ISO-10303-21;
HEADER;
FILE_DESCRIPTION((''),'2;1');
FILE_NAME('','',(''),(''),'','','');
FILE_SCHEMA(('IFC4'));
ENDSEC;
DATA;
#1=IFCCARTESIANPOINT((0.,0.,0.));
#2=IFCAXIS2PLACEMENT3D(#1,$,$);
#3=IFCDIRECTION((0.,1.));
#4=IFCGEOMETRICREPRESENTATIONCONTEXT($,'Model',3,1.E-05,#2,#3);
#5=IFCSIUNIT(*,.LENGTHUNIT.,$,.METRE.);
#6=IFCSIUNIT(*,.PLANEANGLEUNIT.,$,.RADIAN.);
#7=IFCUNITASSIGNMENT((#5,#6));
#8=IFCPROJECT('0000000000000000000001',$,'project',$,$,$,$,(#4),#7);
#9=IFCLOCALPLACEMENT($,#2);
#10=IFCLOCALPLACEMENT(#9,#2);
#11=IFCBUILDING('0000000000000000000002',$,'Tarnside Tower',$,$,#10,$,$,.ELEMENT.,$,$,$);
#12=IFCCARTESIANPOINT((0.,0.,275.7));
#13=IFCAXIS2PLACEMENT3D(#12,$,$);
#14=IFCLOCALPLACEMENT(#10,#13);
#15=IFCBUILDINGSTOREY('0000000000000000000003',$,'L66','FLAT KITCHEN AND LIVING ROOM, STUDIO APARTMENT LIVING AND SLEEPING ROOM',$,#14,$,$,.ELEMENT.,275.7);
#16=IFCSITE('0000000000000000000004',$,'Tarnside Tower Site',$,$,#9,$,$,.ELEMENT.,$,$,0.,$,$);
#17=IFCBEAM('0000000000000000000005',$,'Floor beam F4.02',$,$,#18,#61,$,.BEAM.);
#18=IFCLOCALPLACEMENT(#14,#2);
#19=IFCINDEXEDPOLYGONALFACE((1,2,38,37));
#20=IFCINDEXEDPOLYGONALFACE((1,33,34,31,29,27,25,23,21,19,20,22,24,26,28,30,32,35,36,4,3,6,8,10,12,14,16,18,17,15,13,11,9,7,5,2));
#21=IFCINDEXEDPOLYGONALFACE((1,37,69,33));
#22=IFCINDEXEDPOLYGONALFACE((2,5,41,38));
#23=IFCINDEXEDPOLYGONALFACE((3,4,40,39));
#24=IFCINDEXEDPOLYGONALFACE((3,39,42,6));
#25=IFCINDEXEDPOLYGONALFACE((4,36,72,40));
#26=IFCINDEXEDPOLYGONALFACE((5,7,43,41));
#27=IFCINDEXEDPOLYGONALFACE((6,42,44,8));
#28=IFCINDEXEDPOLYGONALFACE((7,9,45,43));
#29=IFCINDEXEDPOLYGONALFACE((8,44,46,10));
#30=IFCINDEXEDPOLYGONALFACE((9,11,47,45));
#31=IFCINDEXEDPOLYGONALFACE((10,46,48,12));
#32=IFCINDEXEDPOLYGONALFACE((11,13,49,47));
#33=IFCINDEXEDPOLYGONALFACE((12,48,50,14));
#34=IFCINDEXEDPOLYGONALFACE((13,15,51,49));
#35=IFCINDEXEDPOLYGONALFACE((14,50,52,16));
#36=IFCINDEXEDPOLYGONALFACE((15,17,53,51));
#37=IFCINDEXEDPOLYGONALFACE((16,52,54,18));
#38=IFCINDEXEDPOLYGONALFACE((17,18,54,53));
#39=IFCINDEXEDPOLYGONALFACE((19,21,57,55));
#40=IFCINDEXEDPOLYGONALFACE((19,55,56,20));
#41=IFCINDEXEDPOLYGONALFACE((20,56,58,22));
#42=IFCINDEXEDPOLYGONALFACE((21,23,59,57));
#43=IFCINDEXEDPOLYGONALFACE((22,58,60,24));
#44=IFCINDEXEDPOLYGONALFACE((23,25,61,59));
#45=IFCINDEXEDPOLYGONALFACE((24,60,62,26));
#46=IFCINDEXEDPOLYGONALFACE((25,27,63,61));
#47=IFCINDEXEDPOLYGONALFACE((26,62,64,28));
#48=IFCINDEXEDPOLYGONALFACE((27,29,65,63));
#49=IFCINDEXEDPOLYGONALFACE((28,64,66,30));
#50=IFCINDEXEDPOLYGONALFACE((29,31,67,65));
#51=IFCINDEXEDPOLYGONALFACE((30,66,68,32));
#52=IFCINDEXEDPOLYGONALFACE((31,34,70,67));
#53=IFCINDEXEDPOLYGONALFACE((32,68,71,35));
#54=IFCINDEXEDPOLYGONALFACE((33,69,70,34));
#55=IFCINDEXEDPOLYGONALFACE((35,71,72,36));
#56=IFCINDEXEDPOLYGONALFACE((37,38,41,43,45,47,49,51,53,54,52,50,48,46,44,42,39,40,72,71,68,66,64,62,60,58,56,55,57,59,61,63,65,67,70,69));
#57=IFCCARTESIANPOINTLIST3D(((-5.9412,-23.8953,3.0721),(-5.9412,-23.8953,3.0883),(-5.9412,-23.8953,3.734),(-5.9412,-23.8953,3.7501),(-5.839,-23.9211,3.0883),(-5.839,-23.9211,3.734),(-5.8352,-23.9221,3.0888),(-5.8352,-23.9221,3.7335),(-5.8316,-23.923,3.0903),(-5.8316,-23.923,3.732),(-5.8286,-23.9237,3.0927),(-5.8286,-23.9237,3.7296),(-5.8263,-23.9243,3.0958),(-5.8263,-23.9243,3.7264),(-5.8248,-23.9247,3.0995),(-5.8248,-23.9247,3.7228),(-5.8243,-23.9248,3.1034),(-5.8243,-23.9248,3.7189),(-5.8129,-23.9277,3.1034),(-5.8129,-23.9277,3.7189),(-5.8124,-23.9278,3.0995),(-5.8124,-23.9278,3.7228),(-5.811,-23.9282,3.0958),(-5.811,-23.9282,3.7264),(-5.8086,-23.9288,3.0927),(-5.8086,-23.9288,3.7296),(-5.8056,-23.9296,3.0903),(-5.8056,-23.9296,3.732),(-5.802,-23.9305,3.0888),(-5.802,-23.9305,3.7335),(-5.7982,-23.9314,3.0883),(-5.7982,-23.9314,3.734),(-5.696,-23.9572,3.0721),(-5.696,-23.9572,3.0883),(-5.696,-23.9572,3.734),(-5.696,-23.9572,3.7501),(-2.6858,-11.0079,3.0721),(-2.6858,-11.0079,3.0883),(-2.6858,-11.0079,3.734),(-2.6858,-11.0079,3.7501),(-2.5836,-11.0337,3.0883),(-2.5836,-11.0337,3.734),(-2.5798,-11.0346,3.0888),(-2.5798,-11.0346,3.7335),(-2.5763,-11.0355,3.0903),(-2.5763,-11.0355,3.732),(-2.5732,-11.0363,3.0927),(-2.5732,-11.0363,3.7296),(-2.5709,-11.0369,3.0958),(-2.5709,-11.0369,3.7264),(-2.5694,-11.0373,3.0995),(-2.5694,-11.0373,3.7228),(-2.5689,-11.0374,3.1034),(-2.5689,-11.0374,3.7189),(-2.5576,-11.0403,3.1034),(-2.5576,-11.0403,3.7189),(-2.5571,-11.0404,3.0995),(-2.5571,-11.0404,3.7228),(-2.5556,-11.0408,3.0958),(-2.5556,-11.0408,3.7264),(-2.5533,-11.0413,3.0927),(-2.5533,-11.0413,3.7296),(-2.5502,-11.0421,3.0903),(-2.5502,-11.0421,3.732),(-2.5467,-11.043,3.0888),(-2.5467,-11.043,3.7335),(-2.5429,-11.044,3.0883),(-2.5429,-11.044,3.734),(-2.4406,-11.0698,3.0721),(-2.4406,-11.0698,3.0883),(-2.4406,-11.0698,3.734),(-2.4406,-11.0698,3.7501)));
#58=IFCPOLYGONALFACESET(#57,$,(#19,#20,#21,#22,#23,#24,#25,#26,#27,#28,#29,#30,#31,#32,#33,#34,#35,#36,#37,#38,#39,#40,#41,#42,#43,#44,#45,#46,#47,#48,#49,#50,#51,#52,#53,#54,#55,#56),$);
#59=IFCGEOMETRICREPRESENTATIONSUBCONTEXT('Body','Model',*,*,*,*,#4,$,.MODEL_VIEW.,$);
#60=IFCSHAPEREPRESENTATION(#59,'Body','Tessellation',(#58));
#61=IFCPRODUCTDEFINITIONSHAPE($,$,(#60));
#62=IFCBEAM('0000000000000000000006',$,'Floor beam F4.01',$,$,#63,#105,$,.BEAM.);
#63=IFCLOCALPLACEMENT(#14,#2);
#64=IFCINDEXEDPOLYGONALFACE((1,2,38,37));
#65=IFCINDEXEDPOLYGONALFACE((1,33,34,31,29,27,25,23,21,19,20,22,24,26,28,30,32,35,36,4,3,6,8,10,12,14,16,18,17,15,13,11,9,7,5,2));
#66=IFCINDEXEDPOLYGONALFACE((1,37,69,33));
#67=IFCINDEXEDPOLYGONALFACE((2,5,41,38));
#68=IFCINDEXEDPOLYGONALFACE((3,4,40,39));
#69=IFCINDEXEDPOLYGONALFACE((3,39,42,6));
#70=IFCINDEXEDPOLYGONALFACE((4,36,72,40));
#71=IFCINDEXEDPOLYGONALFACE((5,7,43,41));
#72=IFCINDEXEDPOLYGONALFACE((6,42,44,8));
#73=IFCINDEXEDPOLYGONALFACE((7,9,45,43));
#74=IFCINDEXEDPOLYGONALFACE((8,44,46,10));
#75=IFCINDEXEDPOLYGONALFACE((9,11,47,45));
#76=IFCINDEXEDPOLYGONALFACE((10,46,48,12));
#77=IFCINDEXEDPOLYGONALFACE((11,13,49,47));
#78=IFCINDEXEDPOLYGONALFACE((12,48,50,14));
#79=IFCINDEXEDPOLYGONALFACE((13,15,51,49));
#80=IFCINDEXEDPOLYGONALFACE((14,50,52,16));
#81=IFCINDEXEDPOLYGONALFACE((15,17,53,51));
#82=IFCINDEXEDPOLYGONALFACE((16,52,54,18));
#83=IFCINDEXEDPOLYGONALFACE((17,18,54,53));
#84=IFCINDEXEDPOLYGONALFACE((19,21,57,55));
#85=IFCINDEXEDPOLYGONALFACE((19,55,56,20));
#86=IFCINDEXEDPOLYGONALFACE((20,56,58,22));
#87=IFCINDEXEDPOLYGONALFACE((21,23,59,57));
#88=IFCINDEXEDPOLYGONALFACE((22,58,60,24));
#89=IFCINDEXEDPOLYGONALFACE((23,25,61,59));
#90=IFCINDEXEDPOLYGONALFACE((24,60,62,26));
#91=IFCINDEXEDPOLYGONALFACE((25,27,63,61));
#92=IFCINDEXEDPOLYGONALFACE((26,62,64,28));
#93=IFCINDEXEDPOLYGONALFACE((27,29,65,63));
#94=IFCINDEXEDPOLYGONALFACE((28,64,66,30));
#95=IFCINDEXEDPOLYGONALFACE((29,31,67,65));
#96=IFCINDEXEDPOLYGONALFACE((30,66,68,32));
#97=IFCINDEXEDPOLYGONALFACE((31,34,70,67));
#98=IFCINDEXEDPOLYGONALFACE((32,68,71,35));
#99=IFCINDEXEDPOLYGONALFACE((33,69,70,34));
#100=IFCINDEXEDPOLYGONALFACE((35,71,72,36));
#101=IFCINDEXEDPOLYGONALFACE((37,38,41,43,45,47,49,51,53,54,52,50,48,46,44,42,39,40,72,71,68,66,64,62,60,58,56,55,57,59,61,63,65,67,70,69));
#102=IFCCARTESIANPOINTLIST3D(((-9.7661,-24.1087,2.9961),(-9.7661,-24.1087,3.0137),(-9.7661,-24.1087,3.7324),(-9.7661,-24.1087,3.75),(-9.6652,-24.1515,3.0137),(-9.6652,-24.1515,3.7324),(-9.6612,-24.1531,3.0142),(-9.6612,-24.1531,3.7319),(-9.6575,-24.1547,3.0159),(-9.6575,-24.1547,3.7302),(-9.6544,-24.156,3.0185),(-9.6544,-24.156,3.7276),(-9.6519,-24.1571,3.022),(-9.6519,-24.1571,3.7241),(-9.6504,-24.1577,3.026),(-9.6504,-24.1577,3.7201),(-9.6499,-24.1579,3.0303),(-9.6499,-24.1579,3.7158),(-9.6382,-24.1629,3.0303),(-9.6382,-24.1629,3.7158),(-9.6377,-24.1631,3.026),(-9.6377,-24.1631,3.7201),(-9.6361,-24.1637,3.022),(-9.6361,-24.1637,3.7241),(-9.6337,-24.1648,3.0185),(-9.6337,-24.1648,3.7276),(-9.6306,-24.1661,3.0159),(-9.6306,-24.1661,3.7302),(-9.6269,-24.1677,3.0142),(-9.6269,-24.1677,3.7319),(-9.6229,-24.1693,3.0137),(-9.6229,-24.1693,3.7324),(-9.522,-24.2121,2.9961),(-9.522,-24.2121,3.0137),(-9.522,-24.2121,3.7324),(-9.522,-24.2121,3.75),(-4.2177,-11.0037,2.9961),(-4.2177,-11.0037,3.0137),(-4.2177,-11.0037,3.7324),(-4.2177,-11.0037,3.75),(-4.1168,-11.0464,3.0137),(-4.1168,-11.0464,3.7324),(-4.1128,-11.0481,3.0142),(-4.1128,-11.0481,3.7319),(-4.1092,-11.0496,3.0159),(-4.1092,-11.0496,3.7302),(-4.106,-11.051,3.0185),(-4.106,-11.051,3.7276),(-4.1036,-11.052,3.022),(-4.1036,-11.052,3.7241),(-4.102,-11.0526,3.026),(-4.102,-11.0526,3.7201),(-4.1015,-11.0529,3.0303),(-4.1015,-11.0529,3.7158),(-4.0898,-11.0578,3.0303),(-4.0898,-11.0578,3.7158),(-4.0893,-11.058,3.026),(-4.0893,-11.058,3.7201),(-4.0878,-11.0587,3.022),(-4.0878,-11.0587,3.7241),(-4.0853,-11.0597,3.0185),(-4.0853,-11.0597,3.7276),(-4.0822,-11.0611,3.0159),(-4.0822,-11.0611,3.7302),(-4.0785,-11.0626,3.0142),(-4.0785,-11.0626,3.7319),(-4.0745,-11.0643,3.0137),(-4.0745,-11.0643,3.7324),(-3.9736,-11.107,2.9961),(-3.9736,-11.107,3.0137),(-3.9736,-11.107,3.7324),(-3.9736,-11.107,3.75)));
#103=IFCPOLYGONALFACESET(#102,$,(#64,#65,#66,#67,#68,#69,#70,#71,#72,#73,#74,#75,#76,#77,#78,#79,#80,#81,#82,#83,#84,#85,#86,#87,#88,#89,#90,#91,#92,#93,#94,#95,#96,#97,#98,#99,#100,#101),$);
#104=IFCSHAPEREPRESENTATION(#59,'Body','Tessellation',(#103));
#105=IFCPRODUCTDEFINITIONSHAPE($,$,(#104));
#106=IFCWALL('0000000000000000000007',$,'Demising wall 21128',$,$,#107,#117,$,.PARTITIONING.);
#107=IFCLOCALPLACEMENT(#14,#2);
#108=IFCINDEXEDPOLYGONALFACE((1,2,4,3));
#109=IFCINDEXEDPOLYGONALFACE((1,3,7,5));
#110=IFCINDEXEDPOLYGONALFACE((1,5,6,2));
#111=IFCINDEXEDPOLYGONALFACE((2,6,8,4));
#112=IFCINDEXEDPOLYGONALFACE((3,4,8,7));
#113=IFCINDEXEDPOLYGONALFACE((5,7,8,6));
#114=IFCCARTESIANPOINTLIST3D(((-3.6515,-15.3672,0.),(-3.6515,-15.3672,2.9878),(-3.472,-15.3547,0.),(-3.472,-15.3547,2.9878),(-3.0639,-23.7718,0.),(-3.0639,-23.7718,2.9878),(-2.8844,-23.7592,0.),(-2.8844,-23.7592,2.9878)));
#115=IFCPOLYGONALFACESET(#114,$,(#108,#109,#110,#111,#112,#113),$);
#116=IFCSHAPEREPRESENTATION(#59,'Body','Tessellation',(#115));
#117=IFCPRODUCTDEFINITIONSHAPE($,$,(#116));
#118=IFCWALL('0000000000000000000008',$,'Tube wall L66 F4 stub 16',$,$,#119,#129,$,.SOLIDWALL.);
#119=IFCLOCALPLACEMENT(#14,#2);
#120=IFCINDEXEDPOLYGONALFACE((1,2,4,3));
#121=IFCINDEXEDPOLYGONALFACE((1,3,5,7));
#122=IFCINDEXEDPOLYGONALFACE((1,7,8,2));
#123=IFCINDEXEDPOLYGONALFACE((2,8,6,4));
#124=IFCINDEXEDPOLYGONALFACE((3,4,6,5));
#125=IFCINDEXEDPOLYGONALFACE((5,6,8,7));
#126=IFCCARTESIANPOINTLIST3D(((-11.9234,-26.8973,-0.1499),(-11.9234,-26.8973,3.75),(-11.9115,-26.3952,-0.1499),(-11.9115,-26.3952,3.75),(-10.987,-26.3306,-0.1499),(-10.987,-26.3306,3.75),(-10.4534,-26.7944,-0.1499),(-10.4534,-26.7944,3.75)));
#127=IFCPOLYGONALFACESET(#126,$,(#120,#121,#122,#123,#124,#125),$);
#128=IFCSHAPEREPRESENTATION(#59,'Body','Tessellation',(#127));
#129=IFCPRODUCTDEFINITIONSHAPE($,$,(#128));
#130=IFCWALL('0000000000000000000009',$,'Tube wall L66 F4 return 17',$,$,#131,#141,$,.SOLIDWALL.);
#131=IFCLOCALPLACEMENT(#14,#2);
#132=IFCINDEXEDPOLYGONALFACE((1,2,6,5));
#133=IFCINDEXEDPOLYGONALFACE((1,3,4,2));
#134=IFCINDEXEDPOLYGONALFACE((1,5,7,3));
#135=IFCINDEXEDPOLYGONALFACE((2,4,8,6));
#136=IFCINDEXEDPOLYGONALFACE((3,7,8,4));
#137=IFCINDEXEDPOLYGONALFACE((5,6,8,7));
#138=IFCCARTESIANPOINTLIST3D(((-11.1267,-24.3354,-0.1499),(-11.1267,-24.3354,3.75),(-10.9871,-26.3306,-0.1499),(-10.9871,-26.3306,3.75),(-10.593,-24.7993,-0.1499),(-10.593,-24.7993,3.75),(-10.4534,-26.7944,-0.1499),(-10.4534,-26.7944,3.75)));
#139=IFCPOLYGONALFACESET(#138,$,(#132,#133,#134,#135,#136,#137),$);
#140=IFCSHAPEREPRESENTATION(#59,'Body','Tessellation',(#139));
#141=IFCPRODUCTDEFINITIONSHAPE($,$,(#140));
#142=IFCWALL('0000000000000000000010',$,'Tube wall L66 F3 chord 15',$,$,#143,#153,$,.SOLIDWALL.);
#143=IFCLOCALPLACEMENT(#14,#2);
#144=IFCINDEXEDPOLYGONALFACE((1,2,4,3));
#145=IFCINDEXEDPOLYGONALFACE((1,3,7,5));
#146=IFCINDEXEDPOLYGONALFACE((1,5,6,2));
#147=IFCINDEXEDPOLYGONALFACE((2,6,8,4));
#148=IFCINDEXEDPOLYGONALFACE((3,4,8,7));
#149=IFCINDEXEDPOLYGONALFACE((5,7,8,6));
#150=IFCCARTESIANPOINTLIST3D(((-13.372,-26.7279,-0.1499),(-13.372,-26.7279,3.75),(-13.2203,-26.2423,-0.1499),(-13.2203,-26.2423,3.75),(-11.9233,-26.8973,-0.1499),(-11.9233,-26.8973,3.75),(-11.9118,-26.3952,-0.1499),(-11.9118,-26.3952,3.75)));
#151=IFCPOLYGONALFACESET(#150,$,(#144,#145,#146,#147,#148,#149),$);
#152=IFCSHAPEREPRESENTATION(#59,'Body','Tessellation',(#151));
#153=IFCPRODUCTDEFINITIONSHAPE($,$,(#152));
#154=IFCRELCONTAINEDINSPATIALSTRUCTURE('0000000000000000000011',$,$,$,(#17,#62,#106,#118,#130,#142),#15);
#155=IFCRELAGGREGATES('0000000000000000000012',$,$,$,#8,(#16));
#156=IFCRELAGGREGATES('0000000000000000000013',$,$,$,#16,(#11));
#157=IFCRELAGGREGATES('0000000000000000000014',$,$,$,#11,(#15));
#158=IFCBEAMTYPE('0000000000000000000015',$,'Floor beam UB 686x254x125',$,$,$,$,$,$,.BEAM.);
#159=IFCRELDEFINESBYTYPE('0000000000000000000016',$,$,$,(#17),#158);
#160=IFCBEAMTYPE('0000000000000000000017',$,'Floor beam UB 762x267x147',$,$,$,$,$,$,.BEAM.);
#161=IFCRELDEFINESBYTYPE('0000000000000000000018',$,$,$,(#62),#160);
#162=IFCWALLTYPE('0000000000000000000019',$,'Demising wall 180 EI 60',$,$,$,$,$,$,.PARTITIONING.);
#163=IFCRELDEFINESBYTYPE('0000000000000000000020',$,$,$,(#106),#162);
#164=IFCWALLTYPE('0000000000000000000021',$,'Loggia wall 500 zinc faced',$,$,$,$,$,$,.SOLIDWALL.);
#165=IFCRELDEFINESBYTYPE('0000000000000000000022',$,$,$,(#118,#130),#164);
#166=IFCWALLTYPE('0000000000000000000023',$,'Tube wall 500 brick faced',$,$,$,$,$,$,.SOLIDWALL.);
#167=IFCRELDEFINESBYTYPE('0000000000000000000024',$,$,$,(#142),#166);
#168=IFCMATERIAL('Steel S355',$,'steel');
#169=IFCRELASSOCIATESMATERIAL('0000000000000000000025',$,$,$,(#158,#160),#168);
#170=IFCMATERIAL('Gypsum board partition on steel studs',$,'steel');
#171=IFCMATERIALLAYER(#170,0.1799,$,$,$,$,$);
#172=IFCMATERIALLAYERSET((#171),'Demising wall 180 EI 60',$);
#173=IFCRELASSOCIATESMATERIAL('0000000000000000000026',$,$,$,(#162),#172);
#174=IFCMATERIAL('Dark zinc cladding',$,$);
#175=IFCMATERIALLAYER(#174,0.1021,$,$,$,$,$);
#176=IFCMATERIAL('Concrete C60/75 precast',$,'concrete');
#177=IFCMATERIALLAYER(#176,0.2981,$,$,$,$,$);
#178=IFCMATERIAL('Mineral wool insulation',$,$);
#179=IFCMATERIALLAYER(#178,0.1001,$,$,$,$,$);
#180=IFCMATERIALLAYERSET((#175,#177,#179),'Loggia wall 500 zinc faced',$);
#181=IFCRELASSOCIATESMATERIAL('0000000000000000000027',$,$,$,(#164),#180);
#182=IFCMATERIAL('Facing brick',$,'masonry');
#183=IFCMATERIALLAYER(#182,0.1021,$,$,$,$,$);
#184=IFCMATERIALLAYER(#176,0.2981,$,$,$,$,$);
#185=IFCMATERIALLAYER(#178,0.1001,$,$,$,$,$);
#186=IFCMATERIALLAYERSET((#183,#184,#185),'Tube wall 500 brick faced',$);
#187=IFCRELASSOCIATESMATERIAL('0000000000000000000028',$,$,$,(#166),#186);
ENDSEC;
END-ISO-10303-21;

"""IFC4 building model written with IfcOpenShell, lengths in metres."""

from ifc_helpers import new_model, si_unit, direction, frame, frame_2d, origin, origin_2d, place, context, subcontext, project, spatial, polyline, rectangle, i_section, outline, extrude, material, layer, layer_set, material_profile, profile_set, type_object, element, save


model = new_model("IFC4")

# Units and contexts
model_context = context("Model", 3, precision=1e-05, world=origin(), true_north=direction((0.0, 1.0)))
body_context = subcontext(model_context, "Body", "Model", "MODEL_VIEW")
ifc_project = project(units=[si_unit("LENGTHUNIT", "METRE"), si_unit("PLANEANGLEUNIT", "RADIAN")], contexts=[model_context])

# Site, building, storey
site_placement = place(None, origin())
site = spatial("IfcSite", under=ifc_project, at=site_placement, Name="Tarnside Tower Site", CompositionType="ELEMENT", RefElevation=0.0)
building_placement = place(site_placement, origin())
building = spatial("IfcBuilding", under=site, at=building_placement, Name="Tarnside Tower", CompositionType="ELEMENT")
storey_placement = place(building_placement, frame((0.0, 0.0, 275.7)))
storey = spatial("IfcBuildingStorey", under=building, at=storey_placement, Name="L66", Description="FLAT KITCHEN AND LIVING ROOM, STUDIO APARTMENT LIVING AND SLEEPING ROOM", CompositionType="ELEMENT", Elevation=275.7)

# Beams
ifc_material_1 = material(Name="Steel S355", Category="steel")
ifc_material_profile_1 = material_profile(ifc_material_1, i_section(OverallWidth=0.2529, OverallDepth=0.678, WebThickness=0.0117, FlangeThickness=0.0161, FilletRadius=0.0151, at=origin_2d()), Name="UB 686x254x125")
ifc_profile_set_1 = profile_set([ifc_material_profile_1], Name="Steel S355")
beam_type_1 = type_object("IfcBeamType", Name="Floor beam UB 686x254x125", PredefinedType="BEAM", material=ifc_profile_set_1)
beam_1_placement = place(storey_placement, frame((-5.8186, -23.9263, 3.4111), z_axis=(0.244908, 0.969546, 0.0), x_axis=(-0.969546, 0.244908, 0.0)))
element("IfcBeam", 1, at=beam_1_placement, inside=storey, type_object=beam_type_1, Name="Floor beam F4.02", PredefinedType="BEAM", context=body_context, shape_type="SweptSolid", body=[
    extrude(i_section(OverallWidth=0.2529, OverallDepth=0.678, WebThickness=0.0117, FlangeThickness=0.0161, FilletRadius=0.0151, at=origin_2d()), origin(), (0.0, 0.0, 1.0), 13.2922),
])
ifc_material_profile_2 = material_profile(ifc_material_1, i_section(OverallWidth=0.2651, OverallDepth=0.7539, WebThickness=0.0127, FlangeThickness=0.0176, FilletRadius=0.0166, at=origin_2d()), Name="UB 762x267x147")
ifc_profile_set_2 = profile_set([ifc_material_profile_2], Name="Steel S355")
beam_type_2 = type_object("IfcBeamType", Name="Floor beam UB 762x267x147", PredefinedType="BEAM", material=ifc_profile_set_2)
beam_2_placement = place(storey_placement, frame((-9.644, -24.1604, 3.373), z_axis=(0.389874, 0.920868, 0.0), x_axis=(-0.920868, 0.389874, 0.0)))
element("IfcBeam", 2, at=beam_2_placement, inside=storey, type_object=beam_type_2, Name="Floor beam F4.01", PredefinedType="BEAM", context=body_context, shape_type="SweptSolid", body=[
    extrude(i_section(OverallWidth=0.2651, OverallDepth=0.7539, WebThickness=0.0127, FlangeThickness=0.0176, FilletRadius=0.0166, at=origin_2d()), origin(), (0.0, 0.0, 1.0), 14.2312),
])

# Walls
ifc_material_2 = material(Name="Gypsum board partition on steel studs", Category="steel")
ifc_layer_1 = layer(ifc_material_2, 0.1799)
ifc_layer_set_1 = layer_set([ifc_layer_1], Name="Demising wall 180 EI 60")
wall_type_1 = type_object("IfcWallType", Name="Demising wall 180 EI 60", PredefinedType="PARTITIONING", material=ifc_layer_set_1)
wall_1_placement = place(storey_placement, frame((-2.9741, -23.7654, 0.0), z_axis=(0.0, 0.0, 1.0), x_axis=(-0.06975, 0.997565, 0.0)))
element("IfcWall", 3, at=wall_1_placement, inside=storey, type_object=wall_type_1, Name="Demising wall 21128", PredefinedType="PARTITIONING", context=body_context, shape_type="SweptSolid", body=[
    extrude(rectangle(XDim=8.425, YDim=0.1799, at=frame_2d((4.2124, 0.0))), origin(), (0.0, 0.0, 1.0), 2.9878),
])
ifc_material_3 = material(Name="Dark zinc cladding")
ifc_layer_2 = layer(ifc_material_3, 0.1021)
ifc_material_4 = material(Name="Concrete C60/75 precast", Category="concrete")
ifc_layer_3 = layer(ifc_material_4, 0.2981)
ifc_material_5 = material(Name="Mineral wool insulation")
ifc_layer_4 = layer(ifc_material_5, 0.1001)
ifc_layer_set_2 = layer_set([ifc_layer_2, ifc_layer_3, ifc_layer_4], Name="Loggia wall 500 zinc faced")
wall_type_2 = type_object("IfcWallType", Name="Loggia wall 500 zinc faced", PredefinedType="SOLIDWALL", material=ifc_layer_set_2)
wall_2_placement = place(storey_placement, frame((-11.9175, -26.6462, -0.1499), z_axis=(0.0, 0.0, 1.0), x_axis=(0.997563, 0.069772, 0.0)))
element("IfcWall", 4, at=wall_2_placement, inside=storey, type_object=wall_type_2, Name="Tube wall L66 F4 stub 16", PredefinedType="SOLIDWALL", context=body_context, shape_type="SweptSolid", body=[
    extrude(outline(polyline([(-0.0234, -0.25), (1.4502, -0.25), (0.9502, 0.25), (0.0234, 0.25), (-0.0234, -0.25)])), origin(), (0.0, 0.0, 1.0), 3.8999),
])
wall_3_placement = place(storey_placement, frame((-10.7202, -26.5625, -0.1499), z_axis=(0.0, 0.0, 1.0), x_axis=(-0.069824, 0.997559, 0.0)))
element("IfcWall", 5, at=wall_3_placement, inside=storey, type_object=wall_type_2, Name="Tube wall L66 F4 return 17", PredefinedType="SOLIDWALL", context=body_context, shape_type="SweptSolid", body=[
    extrude(outline(polyline([(-0.25, -0.25), (1.75, -0.25), (2.25, 0.25), (0.25, 0.25), (-0.25, -0.25)])), origin(), (0.0, 0.0, 1.0), 3.8999),
])

# Wall
ifc_material_6 = material(Name="Facing brick", Category="masonry")
ifc_layer_5 = layer(ifc_material_6, 0.1021)
ifc_layer_6 = layer(ifc_material_4, 0.2981)
ifc_layer_7 = layer(ifc_material_5, 0.1001)
ifc_layer_set_3 = layer_set([ifc_layer_5, ifc_layer_6, ifc_layer_7], Name="Tube wall 500 brick faced")
wall_type_3 = type_object("IfcWallType", Name="Tube wall 500 brick faced", PredefinedType="SOLIDWALL", material=ifc_layer_set_3)
wall_4_placement = place(storey_placement, frame((-13.2961, -26.4851, -0.1499), z_axis=(0.0, 0.0, 1.0), x_axis=(0.993239, -0.116086, 0.0)))
element("IfcWall", 6, at=wall_4_placement, inside=storey, type_object=wall_type_3, Name="Tube wall L66 F3 chord 15", PredefinedType="SOLIDWALL", context=body_context, shape_type="SweptSolid", body=[
    extrude(outline(polyline([(-0.0471, -0.25), (1.4114, -0.25), (1.3645, 0.25), (0.0471, 0.25), (-0.0471, -0.25)])), origin(), (0.0, 0.0, 1.0), 3.8999),
])

save(model, "model.ifc")
